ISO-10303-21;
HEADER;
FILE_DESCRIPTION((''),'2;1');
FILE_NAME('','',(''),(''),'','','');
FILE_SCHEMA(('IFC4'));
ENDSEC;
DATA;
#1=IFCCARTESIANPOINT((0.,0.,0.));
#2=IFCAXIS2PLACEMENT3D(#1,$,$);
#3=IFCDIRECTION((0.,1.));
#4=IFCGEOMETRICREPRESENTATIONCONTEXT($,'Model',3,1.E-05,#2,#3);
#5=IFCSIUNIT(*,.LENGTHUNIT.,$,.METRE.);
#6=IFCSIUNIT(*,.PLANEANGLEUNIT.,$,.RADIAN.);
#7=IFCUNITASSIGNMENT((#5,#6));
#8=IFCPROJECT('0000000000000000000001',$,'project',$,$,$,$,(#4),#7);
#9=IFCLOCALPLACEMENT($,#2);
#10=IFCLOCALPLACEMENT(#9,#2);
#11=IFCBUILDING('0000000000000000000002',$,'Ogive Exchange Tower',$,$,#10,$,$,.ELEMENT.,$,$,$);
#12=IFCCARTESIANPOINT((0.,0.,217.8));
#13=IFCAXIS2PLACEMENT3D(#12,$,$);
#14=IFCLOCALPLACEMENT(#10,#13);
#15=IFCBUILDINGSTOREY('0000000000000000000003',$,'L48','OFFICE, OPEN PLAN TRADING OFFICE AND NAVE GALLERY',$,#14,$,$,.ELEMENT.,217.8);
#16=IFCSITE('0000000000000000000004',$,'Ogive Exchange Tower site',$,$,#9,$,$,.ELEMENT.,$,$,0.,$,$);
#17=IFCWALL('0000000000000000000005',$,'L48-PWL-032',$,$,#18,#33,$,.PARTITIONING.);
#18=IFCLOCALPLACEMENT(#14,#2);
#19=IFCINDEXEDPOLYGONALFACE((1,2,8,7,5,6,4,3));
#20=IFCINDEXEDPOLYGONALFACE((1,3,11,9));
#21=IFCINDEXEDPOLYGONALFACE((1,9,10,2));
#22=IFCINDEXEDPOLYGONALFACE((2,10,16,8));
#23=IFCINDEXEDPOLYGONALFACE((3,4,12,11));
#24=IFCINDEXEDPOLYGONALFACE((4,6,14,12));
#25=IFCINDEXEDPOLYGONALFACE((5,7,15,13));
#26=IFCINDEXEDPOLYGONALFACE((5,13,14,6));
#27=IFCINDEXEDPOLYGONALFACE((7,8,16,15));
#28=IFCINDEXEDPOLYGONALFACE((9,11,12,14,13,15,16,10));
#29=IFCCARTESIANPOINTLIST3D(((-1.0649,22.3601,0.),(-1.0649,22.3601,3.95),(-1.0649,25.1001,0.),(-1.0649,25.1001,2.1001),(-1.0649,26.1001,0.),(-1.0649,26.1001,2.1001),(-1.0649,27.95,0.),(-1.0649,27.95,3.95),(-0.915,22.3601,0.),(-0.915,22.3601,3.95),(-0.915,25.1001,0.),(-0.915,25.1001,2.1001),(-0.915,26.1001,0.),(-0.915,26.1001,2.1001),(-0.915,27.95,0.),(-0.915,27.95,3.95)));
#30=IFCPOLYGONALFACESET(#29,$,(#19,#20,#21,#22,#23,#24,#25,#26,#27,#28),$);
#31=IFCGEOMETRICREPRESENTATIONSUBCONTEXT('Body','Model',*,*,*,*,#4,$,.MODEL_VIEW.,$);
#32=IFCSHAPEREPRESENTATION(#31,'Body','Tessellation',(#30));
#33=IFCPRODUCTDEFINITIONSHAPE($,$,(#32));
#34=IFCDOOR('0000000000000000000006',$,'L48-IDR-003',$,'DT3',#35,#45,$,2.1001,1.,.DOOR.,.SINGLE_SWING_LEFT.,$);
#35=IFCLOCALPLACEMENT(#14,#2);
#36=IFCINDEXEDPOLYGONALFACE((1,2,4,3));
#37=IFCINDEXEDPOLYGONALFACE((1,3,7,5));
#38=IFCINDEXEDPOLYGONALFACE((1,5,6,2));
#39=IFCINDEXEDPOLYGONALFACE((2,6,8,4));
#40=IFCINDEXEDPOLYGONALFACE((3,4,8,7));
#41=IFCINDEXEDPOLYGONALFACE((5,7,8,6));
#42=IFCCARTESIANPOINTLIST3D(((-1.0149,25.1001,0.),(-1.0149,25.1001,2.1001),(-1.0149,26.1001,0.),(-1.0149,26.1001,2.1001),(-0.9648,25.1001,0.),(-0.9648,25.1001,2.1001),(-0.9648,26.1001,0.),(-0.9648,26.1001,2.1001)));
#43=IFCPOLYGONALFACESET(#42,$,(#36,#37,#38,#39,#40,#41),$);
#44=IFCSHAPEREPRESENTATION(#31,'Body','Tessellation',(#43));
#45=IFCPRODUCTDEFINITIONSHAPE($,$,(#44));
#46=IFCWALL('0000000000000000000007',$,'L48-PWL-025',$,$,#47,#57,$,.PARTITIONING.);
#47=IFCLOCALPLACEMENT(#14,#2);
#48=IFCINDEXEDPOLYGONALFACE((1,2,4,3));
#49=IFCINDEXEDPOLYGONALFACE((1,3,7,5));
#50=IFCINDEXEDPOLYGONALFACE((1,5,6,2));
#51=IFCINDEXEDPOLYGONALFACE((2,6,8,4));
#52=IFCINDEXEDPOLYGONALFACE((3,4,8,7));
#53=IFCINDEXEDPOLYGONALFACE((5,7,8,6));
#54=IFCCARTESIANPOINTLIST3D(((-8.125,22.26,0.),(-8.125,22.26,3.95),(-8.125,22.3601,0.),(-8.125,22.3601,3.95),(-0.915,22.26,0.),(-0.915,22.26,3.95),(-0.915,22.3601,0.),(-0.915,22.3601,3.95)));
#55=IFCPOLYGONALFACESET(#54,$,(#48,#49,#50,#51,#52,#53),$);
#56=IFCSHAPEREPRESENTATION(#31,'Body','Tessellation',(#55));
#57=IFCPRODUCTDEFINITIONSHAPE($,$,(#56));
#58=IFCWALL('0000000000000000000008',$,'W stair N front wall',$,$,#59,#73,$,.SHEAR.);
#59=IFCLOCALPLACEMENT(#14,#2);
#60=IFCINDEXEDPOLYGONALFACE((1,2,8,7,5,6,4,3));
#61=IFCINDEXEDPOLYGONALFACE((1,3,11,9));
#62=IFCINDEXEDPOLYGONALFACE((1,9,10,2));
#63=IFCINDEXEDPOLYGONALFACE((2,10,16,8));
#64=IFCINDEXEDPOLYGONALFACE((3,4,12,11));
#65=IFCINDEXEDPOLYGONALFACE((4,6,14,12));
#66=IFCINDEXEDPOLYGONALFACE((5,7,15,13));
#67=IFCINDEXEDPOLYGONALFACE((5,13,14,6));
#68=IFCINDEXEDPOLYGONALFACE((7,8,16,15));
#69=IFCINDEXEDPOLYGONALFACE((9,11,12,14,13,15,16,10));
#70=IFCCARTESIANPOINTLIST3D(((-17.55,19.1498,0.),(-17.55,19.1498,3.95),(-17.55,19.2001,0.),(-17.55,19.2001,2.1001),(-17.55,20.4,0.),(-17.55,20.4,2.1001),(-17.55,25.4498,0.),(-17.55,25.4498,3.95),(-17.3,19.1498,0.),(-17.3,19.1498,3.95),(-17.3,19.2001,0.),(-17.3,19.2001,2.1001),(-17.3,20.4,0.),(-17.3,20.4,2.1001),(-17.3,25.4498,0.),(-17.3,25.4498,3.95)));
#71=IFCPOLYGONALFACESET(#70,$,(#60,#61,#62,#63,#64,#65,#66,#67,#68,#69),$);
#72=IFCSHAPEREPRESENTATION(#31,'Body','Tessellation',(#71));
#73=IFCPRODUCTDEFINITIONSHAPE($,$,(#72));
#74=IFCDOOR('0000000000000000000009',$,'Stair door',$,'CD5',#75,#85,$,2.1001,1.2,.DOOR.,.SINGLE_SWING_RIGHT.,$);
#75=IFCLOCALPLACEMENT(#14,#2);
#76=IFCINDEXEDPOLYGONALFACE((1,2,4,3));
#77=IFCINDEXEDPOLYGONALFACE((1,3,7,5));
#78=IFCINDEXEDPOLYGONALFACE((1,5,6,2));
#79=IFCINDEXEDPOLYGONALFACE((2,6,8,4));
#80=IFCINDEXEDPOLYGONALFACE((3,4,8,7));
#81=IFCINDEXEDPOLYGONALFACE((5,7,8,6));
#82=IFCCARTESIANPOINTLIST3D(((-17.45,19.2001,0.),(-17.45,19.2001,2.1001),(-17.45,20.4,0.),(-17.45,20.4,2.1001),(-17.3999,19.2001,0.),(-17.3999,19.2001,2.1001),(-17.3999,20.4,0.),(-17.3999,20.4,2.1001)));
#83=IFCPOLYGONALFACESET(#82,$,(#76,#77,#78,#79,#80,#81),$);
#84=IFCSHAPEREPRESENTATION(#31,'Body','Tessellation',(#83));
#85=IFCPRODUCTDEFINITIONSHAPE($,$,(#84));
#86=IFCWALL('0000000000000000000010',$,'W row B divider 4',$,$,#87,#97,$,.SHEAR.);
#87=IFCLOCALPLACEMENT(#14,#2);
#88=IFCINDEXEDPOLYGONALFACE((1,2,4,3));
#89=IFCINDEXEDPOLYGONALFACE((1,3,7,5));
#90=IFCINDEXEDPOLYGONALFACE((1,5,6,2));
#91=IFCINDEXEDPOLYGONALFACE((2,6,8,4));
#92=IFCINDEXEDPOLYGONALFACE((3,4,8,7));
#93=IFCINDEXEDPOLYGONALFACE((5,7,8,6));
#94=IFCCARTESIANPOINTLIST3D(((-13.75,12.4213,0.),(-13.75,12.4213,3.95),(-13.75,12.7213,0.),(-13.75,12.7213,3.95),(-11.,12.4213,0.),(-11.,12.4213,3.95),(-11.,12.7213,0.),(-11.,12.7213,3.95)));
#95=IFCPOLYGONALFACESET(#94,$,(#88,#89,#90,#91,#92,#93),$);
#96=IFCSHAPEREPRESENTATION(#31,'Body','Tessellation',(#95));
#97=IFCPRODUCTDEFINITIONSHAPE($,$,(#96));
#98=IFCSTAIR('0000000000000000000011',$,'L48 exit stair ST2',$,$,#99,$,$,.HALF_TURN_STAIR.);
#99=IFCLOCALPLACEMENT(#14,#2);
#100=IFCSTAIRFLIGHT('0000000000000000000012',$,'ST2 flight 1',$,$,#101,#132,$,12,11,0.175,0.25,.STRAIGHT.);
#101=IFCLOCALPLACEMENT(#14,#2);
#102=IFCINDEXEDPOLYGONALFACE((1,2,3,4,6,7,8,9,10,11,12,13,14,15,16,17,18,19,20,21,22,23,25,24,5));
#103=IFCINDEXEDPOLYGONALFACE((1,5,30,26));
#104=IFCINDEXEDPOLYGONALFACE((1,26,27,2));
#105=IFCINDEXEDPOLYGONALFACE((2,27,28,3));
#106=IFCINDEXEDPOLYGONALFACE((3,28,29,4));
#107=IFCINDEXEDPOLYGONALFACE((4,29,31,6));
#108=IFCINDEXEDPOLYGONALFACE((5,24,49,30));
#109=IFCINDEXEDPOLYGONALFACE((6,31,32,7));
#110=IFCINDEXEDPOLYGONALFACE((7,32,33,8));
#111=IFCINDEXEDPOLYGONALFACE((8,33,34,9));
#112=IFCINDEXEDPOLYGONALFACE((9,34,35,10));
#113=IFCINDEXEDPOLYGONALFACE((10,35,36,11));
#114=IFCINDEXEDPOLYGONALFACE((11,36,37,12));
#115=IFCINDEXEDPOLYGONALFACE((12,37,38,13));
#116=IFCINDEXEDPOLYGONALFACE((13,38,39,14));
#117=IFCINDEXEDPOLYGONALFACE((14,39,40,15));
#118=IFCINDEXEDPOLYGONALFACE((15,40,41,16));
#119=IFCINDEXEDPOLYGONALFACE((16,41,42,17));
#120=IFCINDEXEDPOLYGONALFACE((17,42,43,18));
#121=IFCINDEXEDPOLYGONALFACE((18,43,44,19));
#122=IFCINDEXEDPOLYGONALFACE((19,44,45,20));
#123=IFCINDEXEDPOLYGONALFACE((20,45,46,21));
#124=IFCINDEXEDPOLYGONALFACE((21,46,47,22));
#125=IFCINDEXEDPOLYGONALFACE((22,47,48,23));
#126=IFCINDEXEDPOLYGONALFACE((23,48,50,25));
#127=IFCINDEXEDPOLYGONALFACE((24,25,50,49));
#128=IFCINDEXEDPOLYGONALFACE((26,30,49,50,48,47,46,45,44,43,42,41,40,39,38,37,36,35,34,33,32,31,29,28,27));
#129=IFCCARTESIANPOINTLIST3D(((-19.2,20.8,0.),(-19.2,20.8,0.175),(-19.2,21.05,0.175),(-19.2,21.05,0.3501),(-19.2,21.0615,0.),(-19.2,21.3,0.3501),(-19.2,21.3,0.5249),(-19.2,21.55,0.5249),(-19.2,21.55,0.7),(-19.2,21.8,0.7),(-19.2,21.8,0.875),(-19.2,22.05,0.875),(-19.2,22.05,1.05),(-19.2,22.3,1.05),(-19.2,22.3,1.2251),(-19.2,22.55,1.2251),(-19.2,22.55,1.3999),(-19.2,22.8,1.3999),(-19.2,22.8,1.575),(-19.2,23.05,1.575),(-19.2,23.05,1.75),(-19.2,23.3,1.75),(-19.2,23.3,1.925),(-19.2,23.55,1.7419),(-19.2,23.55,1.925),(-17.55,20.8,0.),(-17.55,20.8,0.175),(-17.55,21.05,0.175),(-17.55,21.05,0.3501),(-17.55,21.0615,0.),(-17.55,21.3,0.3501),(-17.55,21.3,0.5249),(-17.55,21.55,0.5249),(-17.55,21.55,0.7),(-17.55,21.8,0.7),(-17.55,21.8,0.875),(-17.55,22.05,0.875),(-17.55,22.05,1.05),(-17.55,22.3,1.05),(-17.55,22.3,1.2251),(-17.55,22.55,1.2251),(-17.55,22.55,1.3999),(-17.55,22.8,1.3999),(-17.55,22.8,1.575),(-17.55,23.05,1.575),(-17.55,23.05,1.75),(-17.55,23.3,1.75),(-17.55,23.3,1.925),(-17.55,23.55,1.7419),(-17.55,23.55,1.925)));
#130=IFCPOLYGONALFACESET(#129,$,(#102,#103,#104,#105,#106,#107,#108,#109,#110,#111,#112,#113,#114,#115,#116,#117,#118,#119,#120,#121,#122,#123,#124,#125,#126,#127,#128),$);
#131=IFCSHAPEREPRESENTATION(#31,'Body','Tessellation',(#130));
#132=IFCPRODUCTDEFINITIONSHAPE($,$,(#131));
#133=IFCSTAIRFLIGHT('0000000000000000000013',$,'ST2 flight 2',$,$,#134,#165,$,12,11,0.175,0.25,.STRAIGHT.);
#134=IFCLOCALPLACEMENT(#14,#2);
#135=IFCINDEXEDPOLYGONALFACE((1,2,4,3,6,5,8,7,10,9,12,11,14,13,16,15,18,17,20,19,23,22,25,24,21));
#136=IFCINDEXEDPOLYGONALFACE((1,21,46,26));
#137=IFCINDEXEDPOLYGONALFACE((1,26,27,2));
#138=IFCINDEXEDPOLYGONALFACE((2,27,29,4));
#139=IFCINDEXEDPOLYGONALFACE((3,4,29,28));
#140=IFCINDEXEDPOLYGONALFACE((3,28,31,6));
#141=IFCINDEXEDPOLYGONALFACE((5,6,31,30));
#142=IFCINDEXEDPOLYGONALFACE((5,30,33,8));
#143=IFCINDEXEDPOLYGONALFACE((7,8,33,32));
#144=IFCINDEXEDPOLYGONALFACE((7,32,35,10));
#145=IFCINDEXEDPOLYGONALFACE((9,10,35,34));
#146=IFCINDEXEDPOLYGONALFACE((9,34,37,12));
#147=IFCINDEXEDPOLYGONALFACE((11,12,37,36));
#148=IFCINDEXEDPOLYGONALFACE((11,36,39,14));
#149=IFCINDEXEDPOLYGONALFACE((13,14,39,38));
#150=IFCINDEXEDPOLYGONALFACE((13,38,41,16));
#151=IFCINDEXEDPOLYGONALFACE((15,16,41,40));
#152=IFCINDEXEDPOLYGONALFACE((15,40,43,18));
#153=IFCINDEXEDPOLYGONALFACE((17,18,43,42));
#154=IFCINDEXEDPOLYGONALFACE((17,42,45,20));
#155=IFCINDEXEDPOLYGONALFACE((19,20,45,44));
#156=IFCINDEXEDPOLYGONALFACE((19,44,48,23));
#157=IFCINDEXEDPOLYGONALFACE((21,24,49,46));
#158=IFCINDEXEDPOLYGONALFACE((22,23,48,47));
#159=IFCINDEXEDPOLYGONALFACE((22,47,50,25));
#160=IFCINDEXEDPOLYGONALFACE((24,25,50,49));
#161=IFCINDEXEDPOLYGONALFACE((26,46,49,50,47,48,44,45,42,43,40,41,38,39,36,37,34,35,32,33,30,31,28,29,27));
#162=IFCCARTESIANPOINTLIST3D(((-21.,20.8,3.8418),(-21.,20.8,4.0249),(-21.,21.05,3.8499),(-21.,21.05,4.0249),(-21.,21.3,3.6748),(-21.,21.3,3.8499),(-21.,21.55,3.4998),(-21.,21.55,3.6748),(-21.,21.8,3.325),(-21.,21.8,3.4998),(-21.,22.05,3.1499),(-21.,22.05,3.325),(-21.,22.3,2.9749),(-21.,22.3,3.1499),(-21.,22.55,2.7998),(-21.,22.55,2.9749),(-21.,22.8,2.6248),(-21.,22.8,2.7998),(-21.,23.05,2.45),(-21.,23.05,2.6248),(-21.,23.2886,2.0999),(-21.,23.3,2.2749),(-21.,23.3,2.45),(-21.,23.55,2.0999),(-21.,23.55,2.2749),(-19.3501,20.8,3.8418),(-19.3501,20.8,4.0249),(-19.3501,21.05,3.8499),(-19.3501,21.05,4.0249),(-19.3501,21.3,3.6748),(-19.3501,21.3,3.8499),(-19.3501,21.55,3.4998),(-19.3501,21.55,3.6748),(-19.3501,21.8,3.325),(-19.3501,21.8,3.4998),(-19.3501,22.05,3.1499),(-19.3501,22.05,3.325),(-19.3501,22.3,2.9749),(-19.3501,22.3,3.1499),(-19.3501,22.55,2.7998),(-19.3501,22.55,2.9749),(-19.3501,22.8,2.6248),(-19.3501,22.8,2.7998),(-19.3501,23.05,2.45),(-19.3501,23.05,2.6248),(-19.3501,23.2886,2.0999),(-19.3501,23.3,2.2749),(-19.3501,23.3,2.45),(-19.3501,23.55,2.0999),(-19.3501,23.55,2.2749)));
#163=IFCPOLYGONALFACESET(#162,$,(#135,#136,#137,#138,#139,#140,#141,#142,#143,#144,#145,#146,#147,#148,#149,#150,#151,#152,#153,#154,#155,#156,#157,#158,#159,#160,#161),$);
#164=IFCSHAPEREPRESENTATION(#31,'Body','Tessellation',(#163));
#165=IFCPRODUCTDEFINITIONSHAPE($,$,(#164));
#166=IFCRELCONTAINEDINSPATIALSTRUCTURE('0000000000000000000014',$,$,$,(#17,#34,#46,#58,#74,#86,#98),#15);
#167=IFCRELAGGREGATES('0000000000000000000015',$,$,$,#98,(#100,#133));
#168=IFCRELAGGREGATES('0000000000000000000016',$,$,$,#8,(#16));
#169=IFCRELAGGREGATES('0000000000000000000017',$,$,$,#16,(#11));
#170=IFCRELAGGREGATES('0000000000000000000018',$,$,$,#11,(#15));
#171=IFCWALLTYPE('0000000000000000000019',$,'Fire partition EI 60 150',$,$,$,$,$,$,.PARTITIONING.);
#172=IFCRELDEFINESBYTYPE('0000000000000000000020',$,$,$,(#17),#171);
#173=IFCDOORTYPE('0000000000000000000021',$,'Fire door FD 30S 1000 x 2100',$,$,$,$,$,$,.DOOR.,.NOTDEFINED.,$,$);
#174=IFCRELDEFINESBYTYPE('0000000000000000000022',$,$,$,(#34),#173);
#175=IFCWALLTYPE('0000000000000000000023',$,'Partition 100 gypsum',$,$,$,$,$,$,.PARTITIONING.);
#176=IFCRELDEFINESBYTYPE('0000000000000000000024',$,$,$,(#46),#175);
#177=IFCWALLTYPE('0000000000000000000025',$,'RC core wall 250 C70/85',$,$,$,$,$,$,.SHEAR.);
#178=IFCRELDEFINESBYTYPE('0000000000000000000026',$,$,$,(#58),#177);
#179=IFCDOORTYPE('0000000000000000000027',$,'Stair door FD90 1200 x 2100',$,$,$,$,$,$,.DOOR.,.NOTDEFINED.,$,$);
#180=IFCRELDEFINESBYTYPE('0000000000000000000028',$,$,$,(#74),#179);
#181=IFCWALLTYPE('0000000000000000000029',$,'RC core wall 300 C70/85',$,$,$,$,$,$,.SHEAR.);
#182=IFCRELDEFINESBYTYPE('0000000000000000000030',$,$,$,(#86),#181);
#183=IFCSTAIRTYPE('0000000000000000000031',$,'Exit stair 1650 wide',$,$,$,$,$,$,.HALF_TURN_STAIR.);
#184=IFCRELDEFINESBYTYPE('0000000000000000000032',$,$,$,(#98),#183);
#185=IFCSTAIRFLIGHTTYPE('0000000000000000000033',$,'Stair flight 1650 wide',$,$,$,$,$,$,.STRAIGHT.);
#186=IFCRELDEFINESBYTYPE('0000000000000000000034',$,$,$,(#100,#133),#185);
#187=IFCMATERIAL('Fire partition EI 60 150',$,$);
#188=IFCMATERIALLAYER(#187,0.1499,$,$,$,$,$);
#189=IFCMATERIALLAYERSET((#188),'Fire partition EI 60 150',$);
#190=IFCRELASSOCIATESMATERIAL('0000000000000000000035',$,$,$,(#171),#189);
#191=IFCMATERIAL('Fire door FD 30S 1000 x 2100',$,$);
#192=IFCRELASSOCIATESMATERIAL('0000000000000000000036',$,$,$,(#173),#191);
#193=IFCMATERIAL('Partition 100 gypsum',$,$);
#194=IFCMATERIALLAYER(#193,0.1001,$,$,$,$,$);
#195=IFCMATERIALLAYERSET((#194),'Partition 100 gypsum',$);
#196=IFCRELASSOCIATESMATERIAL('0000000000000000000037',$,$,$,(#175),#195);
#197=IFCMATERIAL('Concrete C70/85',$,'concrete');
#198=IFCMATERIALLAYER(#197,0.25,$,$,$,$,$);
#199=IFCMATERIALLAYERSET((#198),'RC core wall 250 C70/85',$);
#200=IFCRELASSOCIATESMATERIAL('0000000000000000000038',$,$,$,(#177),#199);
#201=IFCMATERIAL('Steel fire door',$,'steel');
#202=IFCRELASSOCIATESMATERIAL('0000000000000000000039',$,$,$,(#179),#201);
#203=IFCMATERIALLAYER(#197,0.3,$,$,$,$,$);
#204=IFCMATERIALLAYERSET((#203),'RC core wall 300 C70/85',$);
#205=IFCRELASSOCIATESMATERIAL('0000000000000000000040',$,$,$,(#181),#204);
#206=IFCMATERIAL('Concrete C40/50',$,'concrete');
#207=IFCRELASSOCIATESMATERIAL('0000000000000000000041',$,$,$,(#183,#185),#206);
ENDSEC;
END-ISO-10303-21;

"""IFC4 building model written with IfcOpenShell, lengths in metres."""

from ifc_helpers import new_model, si_unit, direction, frame, frame_2d, origin, place, context, subcontext, project, spatial, polyline, rectangle, outline, extrude, material, layer, layer_set, type_object, element, fill, aggregate, save


model = new_model("IFC4")

# Units and contexts
model_context = context("Model", 3, precision=1e-05, world=origin(), true_north=direction((0.0, 1.0)))
body_context = subcontext(model_context, "Body", "Model", "MODEL_VIEW")
ifc_project = project(units=[si_unit("LENGTHUNIT", "METRE"), si_unit("PLANEANGLEUNIT", "RADIAN")], contexts=[model_context])

# Site, building, storey
site_placement = place(None, origin())
site = spatial("IfcSite", under=ifc_project, at=site_placement, Name="Ogive Exchange Tower site", CompositionType="ELEMENT", RefElevation=0.0)
building_placement = place(site_placement, origin())
building = spatial("IfcBuilding", under=site, at=building_placement, Name="Ogive Exchange Tower", CompositionType="ELEMENT")
storey_placement = place(building_placement, frame((0.0, 0.0, 217.8)))
storey = spatial("IfcBuildingStorey", under=building, at=storey_placement, Name="L48", Description="OFFICE, OPEN PLAN TRADING OFFICE AND NAVE GALLERY", CompositionType="ELEMENT", Elevation=217.8)

# Shared definitions
ifc_material_1 = material(Name="Fire partition EI 60 150")
ifc_layer_1 = layer(ifc_material_1, 0.1499)
ifc_layer_set_1 = layer_set([ifc_layer_1], Name="Fire partition EI 60 150")
wall_type_1 = type_object("IfcWallType", Name="Fire partition EI 60 150", PredefinedType="PARTITIONING", material=ifc_layer_set_1)
ifc_material_2 = material(Name="Fire door FD 30S 1000 x 2100")
door_type_1 = type_object("IfcDoorType", Name="Fire door FD 30S 1000 x 2100", OperationType="NOTDEFINED", PredefinedType="DOOR", material=ifc_material_2)

# Wall, opening, door
wall_1_placement = place(storey_placement, frame((-0.99, 22.3601, 0.0), z_axis=(0.0, 0.0, 1.0), x_axis=(0.0, 1.0, 0.0)))
wall_1 = element("IfcWall", 1, at=wall_1_placement, inside=storey, type_object=wall_type_1, Name="L48-PWL-032", PredefinedType="PARTITIONING", context=body_context, shape_type="SweptSolid", body=[
    extrude(rectangle(XDim=5.5898, YDim=0.1499, at=frame_2d((2.7949, 0.0))), origin(), (0.0, 0.0, 1.0), 3.95),
])
opening_1_placement = place(wall_1_placement, frame((2.74, 0.0, 0.0)))
opening_1 = element("IfcOpeningElement", 2, at=opening_1_placement, cuts=wall_1, PredefinedType="OPENING", context=body_context, shape_type="SweptSolid", body=[
    extrude(rectangle(XDim=1.0, YDim=2.1001, at=frame_2d((0.5, 1.05))), frame((0.0, 0.085, 0.0), z_axis=(0.0, -1.0, 0.0), x_axis=(1.0, 0.0, 0.0)), (0.0, 0.0, 1.0), 0.1699),
])
door_1_placement = place(opening_1_placement, origin())
door_1 = element("IfcDoor", 3, at=door_1_placement, inside=storey, type_object=door_type_1, Name="L48-IDR-003", ObjectType="DT3", OperationType="SINGLE_SWING_LEFT", OverallHeight=2.1001, OverallWidth=1.0, PredefinedType="DOOR", context=body_context, shape_type="SweptSolid", body=[
    extrude(rectangle(XDim=1.0, YDim=2.1001, at=frame_2d((0.5, 1.05))), frame((0.0, 0.0249, 0.0), z_axis=(0.0, -1.0, 0.0), x_axis=(1.0, 0.0, 0.0)), (0.0, 0.0, 1.0), 0.05),
])
fill(opening_1, door_1)

# Wall
ifc_material_3 = material(Name="Partition 100 gypsum")
ifc_layer_2 = layer(ifc_material_3, 0.1001)
ifc_layer_set_2 = layer_set([ifc_layer_2], Name="Partition 100 gypsum")
wall_type_2 = type_object("IfcWallType", Name="Partition 100 gypsum", PredefinedType="PARTITIONING", material=ifc_layer_set_2)
wall_2_placement = place(storey_placement, frame((-8.125, 22.3101, 0.0), z_axis=(0.0, 0.0, 1.0), x_axis=(1.0, 0.0, 0.0)))
element("IfcWall", 4, at=wall_2_placement, inside=storey, type_object=wall_type_2, Name="L48-PWL-025", PredefinedType="PARTITIONING", context=body_context, shape_type="SweptSolid", body=[
    extrude(rectangle(XDim=7.21, YDim=0.1001, at=frame_2d((3.605, 0.0))), origin(), (0.0, 0.0, 1.0), 3.95),
])

# Wall, opening, door
ifc_material_4 = material(Name="Concrete C70/85", Category="concrete")
ifc_layer_3 = layer(ifc_material_4, 0.25)
ifc_layer_set_3 = layer_set([ifc_layer_3], Name="RC core wall 250 C70/85")
wall_type_3 = type_object("IfcWallType", Name="RC core wall 250 C70/85", PredefinedType="SHEAR", material=ifc_layer_set_3)
wall_3_placement = place(storey_placement, frame((-17.425, 19.1499, 0.0), z_axis=(0.0, 0.0, 1.0), x_axis=(0.0, 1.0, 0.0)))
wall_3 = element("IfcWall", 5, at=wall_3_placement, inside=storey, type_object=wall_type_3, Name="W stair N front wall", PredefinedType="SHEAR", context=body_context, shape_type="SweptSolid", body=[
    extrude(rectangle(XDim=6.3, YDim=0.25, at=frame_2d((3.1499, 0.0))), origin(), (0.0, 0.0, 1.0), 3.95),
])
opening_2_placement = place(wall_3_placement, frame((0.05, 0.0, 0.0)))
opening_2 = element("IfcOpeningElement", 6, at=opening_2_placement, cuts=wall_3, PredefinedType="OPENING", context=body_context, shape_type="SweptSolid", body=[
    extrude(rectangle(XDim=1.2, YDim=2.1001, at=frame_2d((0.6001, 1.05))), frame((0.0, 0.135, 0.0), z_axis=(0.0, -1.0, 0.0), x_axis=(1.0, 0.0, 0.0)), (0.0, 0.0, 1.0), 0.27),
])
ifc_material_5 = material(Name="Steel fire door", Category="steel")
door_type_2 = type_object("IfcDoorType", Name="Stair door FD90 1200 x 2100", OperationType="NOTDEFINED", PredefinedType="DOOR", material=ifc_material_5)
door_2_placement = place(opening_2_placement, origin())
door_2 = element("IfcDoor", 7, at=door_2_placement, inside=storey, type_object=door_type_2, Name="Stair door", ObjectType="CD5", OperationType="SINGLE_SWING_RIGHT", OverallHeight=2.1001, OverallWidth=1.2, PredefinedType="DOOR", context=body_context, shape_type="SweptSolid", body=[
    extrude(rectangle(XDim=1.2, YDim=2.1001, at=frame_2d((0.6001, 1.05))), frame((0.0, 0.0249, 0.0), z_axis=(0.0, -1.0, 0.0), x_axis=(1.0, 0.0, 0.0)), (0.0, 0.0, 1.0), 0.05),
])
fill(opening_2, door_2)

# Wall
ifc_layer_4 = layer(ifc_material_4, 0.3)
ifc_layer_set_4 = layer_set([ifc_layer_4], Name="RC core wall 300 C70/85")
wall_type_4 = type_object("IfcWallType", Name="RC core wall 300 C70/85", PredefinedType="SHEAR", material=ifc_layer_set_4)
wall_4_placement = place(storey_placement, frame((-13.75, 12.5713, 0.0), z_axis=(0.0, 0.0, 1.0), x_axis=(1.0, 0.0, 0.0)))
element("IfcWall", 8, at=wall_4_placement, inside=storey, type_object=wall_type_4, Name="W row B divider 4", PredefinedType="SHEAR", context=body_context, shape_type="SweptSolid", body=[
    extrude(rectangle(XDim=2.75, YDim=0.3, at=frame_2d((1.375, 0.0))), origin(), (0.0, 0.0, 1.0), 3.95),
])

# Stair, stair flights
ifc_material_6 = material(Name="Concrete C40/50", Category="concrete")
stair_type = type_object("IfcStairType", Name="Exit stair 1650 wide", PredefinedType="HALF_TURN_STAIR", material=ifc_material_6)
stair_placement = place(storey_placement, origin())
stair = element("IfcStair", 9, at=stair_placement, inside=storey, type_object=stair_type, Name="L48 exit stair ST2", PredefinedType="HALF_TURN_STAIR")
stair_flight_type = type_object("IfcStairFlightType", Name="Stair flight 1650 wide", PredefinedType="STRAIGHT", material=ifc_material_6)
stair_flight_1_placement = place(storey_placement, frame((-18.375, 20.8, 0.0), z_axis=(0.0, 0.0, 1.0), x_axis=(0.0, 1.0, 0.0)))
stair_flight_1 = element("IfcStairFlight", 10, at=stair_flight_1_placement, type_object=stair_flight_type, Name="ST2 flight 1", NumberOfRisers=12, NumberOfTreads=11, PredefinedType="STRAIGHT", RiserHeight=0.175, TreadLength=0.25, context=body_context, shape_type="SweptSolid", body=[
    extrude(outline(polyline([(0.0, 0.0), (0.0, 0.175), (0.25, 0.175), (0.25, 0.3501), (0.5, 0.3501), (0.5, 0.5249), (0.75, 0.5249), (0.75, 0.7), (1.0, 0.7), (1.0, 0.875), (1.25, 0.875), (1.25, 1.05), (1.5, 1.05), (1.5, 1.2251), (1.75, 1.2251), (1.75, 1.3999), (2.0, 1.3999), (2.0, 1.575), (2.25, 1.575), (2.25, 1.75), (2.5, 1.75), (2.5, 1.925), (2.75, 1.925), (2.75, 2.1001), (2.75, 1.7419), (0.2615, 0.0), (0.0, 0.0)])), frame((0.0, 0.825, 0.0), z_axis=(0.0, -1.0, 0.0), x_axis=(1.0, 0.0, 0.0)), (0.0, 0.0, 1.0), 1.6499),
])
stair_flight_2_placement = place(storey_placement, frame((-20.175, 23.55, 2.0999), z_axis=(0.0, 0.0, 1.0), x_axis=(0.0, -1.0, 0.0)))
stair_flight_2 = element("IfcStairFlight", 11, at=stair_flight_2_placement, type_object=stair_flight_type, Name="ST2 flight 2", NumberOfRisers=12, NumberOfTreads=11, PredefinedType="STRAIGHT", RiserHeight=0.175, TreadLength=0.25, context=body_context, shape_type="SweptSolid", body=[
    extrude(outline(polyline([(0.0, 0.0), (0.0, 0.175), (0.25, 0.175), (0.25, 0.3501), (0.5, 0.3501), (0.5, 0.5249), (0.75, 0.5249), (0.75, 0.7), (1.0, 0.7), (1.0, 0.875), (1.25, 0.875), (1.25, 1.05), (1.5, 1.05), (1.5, 1.2251), (1.75, 1.2251), (1.75, 1.3999), (2.0, 1.3999), (2.0, 1.575), (2.25, 1.575), (2.25, 1.75), (2.5, 1.75), (2.5, 1.925), (2.75, 1.925), (2.75, 2.1001), (2.75, 1.7419), (0.2615, 0.0), (0.0, 0.0)])), frame((0.0, 0.825, 0.0), z_axis=(0.0, -1.0, 0.0), x_axis=(1.0, 0.0, 0.0)), (0.0, 0.0, 1.0), 1.6499),
])
aggregate(stair, [stair_flight_1, stair_flight_2])

save(model, "model.ifc")
